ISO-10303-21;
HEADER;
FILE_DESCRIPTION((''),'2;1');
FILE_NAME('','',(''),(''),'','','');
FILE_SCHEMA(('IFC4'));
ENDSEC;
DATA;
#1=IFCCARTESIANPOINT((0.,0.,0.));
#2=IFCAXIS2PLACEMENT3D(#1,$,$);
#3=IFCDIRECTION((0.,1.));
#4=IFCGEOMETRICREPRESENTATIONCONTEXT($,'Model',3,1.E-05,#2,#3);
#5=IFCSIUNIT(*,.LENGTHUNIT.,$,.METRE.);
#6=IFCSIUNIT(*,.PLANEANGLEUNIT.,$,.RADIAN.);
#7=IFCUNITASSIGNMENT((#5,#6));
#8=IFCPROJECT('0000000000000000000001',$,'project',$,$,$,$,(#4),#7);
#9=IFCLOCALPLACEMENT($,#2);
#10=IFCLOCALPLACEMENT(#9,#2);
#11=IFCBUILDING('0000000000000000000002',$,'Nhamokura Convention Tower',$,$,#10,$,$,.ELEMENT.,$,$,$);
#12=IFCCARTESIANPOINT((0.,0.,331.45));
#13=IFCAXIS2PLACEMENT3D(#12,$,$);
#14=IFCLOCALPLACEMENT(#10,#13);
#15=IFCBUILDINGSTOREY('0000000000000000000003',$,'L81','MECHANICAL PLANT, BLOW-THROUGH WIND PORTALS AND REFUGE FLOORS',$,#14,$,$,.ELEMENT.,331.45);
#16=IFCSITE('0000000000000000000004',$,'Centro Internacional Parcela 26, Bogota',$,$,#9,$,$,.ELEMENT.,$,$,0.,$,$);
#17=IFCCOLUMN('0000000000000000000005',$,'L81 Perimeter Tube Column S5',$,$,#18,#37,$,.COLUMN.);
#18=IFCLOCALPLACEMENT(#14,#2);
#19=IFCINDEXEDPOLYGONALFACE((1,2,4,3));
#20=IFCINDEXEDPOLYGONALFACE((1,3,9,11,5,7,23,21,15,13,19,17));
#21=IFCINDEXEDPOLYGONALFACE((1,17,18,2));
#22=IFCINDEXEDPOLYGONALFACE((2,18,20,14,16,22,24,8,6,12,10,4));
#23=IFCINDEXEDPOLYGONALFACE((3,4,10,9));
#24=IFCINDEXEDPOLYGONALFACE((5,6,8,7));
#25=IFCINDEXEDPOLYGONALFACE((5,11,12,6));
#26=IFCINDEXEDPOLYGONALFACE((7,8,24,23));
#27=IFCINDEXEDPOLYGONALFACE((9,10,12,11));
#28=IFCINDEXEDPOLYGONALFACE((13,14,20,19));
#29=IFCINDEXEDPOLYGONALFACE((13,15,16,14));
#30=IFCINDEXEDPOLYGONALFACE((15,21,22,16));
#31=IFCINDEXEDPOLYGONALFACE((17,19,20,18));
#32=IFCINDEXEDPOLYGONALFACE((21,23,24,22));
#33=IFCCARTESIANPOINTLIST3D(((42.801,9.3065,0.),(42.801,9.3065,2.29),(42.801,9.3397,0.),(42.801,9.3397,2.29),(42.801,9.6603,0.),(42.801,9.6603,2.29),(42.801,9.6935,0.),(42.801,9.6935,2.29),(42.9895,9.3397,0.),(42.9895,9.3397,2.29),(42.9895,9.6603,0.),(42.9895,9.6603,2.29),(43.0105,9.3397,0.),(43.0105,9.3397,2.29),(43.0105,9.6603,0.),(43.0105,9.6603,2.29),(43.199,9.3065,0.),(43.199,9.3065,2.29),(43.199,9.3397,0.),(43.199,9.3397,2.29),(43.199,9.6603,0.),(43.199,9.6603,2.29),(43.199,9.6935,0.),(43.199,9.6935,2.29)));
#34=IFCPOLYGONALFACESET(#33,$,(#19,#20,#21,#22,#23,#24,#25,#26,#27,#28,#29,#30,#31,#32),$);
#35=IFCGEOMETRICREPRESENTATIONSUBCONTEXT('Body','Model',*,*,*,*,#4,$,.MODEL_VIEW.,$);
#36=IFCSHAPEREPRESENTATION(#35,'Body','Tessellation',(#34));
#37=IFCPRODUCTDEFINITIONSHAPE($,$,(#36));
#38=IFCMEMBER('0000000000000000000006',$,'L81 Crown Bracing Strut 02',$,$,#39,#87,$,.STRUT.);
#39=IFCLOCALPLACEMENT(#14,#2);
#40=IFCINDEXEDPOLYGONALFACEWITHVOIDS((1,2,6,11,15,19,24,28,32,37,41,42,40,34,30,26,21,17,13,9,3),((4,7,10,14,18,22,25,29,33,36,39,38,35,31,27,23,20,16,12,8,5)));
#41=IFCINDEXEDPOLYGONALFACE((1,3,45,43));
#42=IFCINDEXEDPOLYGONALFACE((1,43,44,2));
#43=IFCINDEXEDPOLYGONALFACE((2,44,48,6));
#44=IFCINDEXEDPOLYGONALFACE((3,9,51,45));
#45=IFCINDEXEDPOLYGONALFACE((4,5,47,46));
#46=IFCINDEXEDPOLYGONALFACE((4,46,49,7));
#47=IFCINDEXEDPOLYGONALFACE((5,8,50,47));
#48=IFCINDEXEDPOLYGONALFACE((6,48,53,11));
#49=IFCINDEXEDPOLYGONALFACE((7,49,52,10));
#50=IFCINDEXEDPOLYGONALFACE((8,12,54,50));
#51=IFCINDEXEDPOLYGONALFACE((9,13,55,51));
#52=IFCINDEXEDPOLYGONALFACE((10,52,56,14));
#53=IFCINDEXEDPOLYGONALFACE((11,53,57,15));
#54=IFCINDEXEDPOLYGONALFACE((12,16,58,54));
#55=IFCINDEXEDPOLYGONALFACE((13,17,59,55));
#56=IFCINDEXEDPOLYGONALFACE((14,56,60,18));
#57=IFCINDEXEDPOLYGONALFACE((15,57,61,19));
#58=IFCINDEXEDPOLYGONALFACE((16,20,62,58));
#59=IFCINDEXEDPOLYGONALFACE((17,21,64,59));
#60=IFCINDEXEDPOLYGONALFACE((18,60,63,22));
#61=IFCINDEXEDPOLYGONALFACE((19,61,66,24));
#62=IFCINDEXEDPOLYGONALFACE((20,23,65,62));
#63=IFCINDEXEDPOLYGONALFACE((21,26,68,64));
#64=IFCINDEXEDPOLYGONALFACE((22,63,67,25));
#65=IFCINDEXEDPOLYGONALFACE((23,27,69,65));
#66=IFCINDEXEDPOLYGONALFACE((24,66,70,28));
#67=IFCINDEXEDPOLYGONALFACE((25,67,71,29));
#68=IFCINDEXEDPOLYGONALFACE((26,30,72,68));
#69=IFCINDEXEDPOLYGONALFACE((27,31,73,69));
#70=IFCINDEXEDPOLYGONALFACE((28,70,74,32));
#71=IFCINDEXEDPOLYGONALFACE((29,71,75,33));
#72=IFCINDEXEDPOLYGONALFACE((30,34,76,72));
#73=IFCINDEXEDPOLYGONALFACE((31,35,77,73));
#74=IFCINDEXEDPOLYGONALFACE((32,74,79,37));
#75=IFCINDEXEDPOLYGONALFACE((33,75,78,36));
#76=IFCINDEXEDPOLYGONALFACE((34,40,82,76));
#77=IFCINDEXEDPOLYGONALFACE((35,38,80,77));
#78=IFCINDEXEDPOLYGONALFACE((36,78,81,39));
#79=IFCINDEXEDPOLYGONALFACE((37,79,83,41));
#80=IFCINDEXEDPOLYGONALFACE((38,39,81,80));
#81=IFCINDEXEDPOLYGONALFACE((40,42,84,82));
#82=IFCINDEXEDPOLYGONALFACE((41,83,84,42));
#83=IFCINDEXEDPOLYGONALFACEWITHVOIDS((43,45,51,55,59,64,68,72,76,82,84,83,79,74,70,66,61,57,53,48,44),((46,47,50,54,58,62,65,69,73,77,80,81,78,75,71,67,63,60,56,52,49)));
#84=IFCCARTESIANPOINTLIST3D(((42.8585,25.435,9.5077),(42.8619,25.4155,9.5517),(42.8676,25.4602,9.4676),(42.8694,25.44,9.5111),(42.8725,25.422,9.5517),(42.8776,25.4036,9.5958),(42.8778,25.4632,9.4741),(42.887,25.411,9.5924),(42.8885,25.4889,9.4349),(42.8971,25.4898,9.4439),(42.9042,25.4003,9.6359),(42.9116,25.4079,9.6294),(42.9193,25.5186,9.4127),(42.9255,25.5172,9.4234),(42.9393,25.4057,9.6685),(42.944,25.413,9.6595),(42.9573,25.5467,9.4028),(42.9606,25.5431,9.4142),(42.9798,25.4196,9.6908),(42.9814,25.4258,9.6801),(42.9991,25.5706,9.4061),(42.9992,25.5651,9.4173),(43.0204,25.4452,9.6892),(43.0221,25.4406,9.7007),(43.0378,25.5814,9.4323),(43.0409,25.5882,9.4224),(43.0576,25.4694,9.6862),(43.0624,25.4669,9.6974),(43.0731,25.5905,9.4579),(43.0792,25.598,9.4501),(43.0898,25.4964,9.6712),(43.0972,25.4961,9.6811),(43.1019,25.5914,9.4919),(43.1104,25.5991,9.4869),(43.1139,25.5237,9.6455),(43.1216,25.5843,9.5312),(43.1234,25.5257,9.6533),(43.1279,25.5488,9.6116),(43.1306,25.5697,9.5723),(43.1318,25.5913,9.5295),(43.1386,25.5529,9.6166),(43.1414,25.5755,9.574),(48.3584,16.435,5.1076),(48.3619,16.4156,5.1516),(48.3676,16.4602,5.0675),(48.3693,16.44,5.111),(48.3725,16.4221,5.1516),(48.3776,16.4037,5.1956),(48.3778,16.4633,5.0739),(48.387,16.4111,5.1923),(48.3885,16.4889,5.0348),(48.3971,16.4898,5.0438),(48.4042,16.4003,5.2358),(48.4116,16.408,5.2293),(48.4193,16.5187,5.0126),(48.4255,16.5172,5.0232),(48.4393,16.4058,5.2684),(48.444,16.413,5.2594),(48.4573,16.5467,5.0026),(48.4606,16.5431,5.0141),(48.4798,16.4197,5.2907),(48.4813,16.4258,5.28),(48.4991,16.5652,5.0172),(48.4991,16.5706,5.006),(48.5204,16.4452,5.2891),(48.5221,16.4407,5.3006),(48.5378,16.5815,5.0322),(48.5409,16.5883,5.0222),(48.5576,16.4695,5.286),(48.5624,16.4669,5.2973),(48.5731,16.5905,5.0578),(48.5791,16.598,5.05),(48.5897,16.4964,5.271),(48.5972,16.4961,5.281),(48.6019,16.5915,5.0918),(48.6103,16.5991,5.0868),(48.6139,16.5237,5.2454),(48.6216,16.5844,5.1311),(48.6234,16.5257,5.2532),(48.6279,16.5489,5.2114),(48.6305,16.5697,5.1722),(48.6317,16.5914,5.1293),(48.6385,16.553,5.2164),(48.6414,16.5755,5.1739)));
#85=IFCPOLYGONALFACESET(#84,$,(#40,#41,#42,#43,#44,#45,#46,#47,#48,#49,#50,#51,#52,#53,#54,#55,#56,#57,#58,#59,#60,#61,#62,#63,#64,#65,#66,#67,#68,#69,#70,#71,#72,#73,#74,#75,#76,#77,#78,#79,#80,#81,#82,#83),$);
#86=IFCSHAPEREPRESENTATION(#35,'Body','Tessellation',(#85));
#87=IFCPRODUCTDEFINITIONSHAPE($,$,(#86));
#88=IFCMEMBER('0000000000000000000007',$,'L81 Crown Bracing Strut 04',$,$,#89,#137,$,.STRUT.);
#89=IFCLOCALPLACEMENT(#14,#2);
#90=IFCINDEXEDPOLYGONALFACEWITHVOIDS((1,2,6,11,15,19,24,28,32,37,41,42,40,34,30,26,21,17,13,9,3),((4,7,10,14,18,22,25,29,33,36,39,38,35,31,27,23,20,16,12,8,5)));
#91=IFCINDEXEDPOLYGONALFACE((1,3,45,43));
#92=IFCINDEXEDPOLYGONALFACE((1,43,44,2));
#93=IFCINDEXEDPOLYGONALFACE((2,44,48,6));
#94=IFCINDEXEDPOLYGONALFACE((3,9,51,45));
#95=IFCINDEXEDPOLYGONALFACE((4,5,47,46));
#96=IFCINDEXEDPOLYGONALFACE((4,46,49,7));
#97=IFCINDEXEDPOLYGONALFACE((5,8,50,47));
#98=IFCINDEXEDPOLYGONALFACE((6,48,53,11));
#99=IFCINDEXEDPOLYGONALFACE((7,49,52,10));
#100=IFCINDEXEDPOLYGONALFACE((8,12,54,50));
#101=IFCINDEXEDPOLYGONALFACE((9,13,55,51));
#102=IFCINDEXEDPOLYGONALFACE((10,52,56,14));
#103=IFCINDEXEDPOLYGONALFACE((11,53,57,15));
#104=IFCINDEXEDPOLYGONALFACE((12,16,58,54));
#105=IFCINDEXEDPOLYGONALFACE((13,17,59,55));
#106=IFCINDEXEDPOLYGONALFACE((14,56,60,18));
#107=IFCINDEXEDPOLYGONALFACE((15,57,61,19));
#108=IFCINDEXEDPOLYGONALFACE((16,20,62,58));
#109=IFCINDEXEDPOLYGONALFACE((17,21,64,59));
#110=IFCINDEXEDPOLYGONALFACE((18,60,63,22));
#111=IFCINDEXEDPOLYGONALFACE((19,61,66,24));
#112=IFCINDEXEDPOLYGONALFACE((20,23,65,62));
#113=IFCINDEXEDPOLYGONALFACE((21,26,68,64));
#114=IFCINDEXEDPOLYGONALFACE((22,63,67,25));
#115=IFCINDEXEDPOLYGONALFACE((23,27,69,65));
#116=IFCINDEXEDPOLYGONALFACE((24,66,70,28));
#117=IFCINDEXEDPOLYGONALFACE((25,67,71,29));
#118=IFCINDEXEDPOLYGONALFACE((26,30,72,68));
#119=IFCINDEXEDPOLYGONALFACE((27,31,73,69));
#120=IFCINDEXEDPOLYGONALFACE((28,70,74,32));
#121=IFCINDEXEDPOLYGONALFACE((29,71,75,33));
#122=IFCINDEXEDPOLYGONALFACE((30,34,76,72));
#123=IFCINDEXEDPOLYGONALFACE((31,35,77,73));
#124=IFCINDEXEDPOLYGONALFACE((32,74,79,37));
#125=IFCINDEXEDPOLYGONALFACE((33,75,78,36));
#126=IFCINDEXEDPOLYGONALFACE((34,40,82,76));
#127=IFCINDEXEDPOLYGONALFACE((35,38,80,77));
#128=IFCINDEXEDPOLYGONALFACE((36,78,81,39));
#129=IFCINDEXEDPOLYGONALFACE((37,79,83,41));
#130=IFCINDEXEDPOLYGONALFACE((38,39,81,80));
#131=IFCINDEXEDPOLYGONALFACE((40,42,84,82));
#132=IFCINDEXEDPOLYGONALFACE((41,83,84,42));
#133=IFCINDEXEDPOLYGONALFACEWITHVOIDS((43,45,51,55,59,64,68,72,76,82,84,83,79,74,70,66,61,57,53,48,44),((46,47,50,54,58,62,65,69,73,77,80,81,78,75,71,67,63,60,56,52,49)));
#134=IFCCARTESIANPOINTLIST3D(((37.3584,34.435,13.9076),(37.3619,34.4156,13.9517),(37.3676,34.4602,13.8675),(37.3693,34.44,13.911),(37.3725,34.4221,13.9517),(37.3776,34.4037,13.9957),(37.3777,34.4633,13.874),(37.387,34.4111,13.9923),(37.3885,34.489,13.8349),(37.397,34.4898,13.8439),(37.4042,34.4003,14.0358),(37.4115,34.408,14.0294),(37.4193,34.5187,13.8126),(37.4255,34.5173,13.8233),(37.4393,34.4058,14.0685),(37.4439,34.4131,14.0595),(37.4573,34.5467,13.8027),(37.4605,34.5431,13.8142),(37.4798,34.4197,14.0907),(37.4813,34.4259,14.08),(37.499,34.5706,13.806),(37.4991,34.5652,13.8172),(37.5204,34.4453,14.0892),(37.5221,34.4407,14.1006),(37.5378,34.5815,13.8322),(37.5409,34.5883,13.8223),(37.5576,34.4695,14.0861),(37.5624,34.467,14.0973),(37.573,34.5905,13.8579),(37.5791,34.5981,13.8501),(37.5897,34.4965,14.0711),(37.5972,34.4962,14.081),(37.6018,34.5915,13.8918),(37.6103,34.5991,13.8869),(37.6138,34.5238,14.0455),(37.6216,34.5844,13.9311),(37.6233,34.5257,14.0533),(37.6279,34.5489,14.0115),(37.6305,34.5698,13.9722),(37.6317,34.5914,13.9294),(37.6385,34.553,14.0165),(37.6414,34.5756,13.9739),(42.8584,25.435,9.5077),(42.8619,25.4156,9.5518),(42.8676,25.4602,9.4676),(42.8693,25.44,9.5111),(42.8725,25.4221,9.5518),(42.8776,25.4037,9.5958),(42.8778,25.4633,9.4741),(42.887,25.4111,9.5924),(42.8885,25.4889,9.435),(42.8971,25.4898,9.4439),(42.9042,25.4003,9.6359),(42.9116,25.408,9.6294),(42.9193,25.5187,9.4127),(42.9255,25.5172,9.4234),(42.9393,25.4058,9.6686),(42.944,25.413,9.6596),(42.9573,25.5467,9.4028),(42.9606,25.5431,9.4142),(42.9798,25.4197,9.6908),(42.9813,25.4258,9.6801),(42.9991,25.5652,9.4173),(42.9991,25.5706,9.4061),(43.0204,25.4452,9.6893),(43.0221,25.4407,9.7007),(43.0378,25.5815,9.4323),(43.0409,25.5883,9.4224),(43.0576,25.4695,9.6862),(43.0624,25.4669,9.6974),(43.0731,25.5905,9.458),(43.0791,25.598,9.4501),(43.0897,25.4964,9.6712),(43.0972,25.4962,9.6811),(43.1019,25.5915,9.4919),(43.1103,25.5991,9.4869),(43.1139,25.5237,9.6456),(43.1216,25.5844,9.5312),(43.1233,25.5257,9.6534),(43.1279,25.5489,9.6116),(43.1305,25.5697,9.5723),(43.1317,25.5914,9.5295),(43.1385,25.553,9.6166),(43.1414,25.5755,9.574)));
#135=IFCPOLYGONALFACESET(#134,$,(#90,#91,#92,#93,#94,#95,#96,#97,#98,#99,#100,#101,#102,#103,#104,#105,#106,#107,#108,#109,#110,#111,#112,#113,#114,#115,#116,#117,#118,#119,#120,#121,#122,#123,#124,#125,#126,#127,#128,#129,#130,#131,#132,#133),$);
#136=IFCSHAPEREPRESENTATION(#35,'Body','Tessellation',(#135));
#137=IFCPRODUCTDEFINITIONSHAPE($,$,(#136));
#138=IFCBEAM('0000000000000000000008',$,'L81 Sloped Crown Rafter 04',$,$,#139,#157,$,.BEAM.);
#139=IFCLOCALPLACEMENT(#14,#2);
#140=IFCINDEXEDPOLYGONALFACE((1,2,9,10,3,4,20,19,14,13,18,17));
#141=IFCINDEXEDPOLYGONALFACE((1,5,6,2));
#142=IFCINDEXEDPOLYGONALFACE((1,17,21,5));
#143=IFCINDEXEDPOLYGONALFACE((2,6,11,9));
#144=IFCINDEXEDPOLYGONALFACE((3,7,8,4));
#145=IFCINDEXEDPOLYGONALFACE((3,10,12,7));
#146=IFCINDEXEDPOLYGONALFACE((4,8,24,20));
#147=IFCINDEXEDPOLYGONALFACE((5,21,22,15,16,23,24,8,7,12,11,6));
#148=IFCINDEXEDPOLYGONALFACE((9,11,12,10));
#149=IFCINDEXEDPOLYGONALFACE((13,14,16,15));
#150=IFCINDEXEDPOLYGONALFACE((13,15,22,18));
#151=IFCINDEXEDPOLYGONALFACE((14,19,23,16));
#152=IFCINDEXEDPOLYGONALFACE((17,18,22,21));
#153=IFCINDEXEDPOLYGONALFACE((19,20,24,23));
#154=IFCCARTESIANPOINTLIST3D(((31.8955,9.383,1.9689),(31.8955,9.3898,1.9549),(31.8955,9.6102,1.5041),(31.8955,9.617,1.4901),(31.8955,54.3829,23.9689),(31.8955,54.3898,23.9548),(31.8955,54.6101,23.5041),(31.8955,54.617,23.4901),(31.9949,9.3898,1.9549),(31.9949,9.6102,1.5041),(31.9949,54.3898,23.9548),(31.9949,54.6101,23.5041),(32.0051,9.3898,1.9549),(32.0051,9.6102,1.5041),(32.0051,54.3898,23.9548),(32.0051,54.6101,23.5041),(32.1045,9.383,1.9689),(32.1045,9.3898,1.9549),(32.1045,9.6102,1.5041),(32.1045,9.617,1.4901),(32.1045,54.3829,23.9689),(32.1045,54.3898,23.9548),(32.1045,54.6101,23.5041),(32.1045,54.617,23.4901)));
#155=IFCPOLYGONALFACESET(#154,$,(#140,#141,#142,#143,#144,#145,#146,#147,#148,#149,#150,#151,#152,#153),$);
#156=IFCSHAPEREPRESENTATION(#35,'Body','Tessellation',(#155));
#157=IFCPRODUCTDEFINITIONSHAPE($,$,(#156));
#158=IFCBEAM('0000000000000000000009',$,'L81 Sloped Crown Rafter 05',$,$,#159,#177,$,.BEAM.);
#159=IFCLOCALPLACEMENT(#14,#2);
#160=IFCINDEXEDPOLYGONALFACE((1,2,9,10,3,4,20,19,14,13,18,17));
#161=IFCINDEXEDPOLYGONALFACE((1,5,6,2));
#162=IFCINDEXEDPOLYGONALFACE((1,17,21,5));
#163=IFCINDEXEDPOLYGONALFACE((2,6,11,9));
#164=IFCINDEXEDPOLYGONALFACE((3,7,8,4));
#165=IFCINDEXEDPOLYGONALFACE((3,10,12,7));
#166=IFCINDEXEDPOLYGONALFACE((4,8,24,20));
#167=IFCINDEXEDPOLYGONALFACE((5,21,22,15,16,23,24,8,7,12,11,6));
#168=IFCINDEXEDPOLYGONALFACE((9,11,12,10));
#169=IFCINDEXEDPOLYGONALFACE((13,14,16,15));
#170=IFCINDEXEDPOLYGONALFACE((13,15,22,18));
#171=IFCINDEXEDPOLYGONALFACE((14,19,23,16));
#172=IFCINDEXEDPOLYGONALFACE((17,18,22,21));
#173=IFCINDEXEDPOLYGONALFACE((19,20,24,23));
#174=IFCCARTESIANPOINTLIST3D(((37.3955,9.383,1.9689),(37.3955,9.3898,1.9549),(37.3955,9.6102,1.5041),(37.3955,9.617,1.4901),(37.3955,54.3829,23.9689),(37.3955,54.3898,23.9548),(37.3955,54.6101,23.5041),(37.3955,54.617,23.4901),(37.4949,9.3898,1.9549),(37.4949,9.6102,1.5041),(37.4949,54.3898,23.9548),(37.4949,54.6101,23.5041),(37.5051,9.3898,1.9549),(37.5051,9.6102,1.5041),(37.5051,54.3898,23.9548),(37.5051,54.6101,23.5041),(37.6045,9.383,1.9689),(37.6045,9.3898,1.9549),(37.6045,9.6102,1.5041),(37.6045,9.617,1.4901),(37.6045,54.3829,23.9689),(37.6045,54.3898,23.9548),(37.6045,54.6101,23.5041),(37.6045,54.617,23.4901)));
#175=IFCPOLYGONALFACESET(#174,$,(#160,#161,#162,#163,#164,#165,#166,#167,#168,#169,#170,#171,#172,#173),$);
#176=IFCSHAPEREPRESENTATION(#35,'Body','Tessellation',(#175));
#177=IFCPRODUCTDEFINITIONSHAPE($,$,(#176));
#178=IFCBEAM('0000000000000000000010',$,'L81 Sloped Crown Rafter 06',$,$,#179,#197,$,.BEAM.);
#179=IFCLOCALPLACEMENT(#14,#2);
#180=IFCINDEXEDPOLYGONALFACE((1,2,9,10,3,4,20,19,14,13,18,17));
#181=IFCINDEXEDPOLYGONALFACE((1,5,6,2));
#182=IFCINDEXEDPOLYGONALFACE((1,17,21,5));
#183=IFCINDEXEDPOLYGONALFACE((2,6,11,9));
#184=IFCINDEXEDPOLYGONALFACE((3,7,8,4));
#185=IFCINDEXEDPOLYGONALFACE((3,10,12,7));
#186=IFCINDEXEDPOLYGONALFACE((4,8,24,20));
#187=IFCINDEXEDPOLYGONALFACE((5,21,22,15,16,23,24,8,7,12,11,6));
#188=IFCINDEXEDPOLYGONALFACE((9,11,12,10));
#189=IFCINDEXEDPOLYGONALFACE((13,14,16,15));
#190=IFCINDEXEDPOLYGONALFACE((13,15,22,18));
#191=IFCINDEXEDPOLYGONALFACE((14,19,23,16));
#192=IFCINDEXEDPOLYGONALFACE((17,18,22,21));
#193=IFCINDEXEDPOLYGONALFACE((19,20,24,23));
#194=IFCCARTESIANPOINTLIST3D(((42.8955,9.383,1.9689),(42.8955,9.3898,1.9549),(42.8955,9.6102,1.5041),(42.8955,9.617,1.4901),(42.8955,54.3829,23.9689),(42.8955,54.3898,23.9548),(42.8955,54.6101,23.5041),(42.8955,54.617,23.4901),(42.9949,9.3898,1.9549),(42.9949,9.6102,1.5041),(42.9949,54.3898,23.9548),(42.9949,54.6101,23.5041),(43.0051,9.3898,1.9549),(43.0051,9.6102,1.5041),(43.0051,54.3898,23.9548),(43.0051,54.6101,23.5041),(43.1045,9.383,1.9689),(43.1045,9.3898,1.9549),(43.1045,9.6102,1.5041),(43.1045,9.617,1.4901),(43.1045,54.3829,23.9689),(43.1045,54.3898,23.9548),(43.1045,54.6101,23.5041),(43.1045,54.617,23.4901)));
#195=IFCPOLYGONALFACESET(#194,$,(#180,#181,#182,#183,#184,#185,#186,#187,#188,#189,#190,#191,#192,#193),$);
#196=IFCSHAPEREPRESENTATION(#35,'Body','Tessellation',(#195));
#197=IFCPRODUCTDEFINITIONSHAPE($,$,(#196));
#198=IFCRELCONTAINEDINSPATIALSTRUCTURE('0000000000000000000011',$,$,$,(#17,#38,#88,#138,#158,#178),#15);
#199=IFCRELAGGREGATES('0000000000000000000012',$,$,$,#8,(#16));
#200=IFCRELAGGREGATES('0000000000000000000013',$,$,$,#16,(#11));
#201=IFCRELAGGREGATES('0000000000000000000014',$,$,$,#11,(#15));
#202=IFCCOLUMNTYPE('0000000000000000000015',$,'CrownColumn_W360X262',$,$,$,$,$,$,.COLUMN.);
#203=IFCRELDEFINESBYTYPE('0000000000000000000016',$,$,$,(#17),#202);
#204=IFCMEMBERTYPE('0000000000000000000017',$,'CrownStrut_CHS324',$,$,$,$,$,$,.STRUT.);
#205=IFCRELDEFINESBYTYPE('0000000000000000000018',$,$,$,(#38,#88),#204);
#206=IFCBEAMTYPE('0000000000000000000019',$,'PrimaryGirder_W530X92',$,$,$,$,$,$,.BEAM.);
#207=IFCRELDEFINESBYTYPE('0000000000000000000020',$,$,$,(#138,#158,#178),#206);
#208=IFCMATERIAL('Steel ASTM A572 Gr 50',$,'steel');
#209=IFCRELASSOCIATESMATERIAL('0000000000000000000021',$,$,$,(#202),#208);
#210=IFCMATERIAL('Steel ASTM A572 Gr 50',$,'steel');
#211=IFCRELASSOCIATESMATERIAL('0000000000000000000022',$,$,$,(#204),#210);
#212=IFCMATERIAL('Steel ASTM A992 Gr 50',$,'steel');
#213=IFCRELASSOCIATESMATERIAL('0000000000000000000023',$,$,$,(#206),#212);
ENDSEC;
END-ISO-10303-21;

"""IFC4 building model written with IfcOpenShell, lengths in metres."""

from ifc_helpers import new_model, si_unit, direction, frame, origin, origin_2d, place, context, subcontext, project, spatial, hollow_circle, i_section, extrude, material, material_profile, profile_set, type_object, element, save


model = new_model("IFC4")

# Units and contexts
model_context = context("Model", 3, precision=1e-05, world=origin(), true_north=direction((0.0, 1.0)))
body_context = subcontext(model_context, "Body", "Model", "MODEL_VIEW")
ifc_project = project(units=[si_unit("LENGTHUNIT", "METRE"), si_unit("PLANEANGLEUNIT", "RADIAN")], contexts=[model_context])

# Site, building, storey
site_placement = place(None, origin())
site = spatial("IfcSite", under=ifc_project, at=site_placement, Name="Centro Internacional Parcela 26, Bogota", CompositionType="ELEMENT", RefElevation=0.0)
building_placement = place(site_placement, origin())
building = spatial("IfcBuilding", under=site, at=building_placement, Name="Nhamokura Convention Tower", CompositionType="ELEMENT")
storey_placement = place(building_placement, frame((0.0, 0.0, 331.45)))
storey = spatial("IfcBuildingStorey", under=building, at=storey_placement, Name="L81", Description="MECHANICAL PLANT, BLOW-THROUGH WIND PORTALS AND REFUGE FLOORS", CompositionType="ELEMENT", Elevation=331.45)

# Column
ifc_material_1 = material(Name="Steel ASTM A572 Gr 50", Category="steel")
ifc_material_profile_1 = material_profile(ifc_material_1, i_section(OverallWidth=0.3979, OverallDepth=0.387, WebThickness=0.021, FlangeThickness=0.0332, at=origin_2d()))
ifc_profile_set_1 = profile_set([ifc_material_profile_1], Name="Steel ASTM A572 Gr 50")
column_type = type_object("IfcColumnType", Name="CrownColumn_W360X262", PredefinedType="COLUMN", material=ifc_profile_set_1)
for number, where, z_axis, x_axis, name in (
    (1, (43.0, 9.5, 0.0), (0.0, 0.0, 1.0), (1.0, 0.0, 0.0), "L81 Perimeter Tube Column S5"),
):
    element("IfcColumn", number, at=place(storey_placement, frame(where, z_axis=z_axis, x_axis=x_axis)), inside=storey, type_object=column_type, Name=name, PredefinedType="COLUMN", context=body_context, shape_type="SweptSolid", body=[
        extrude(i_section(OverallWidth=0.3979, OverallDepth=0.387, WebThickness=0.021, FlangeThickness=0.0332, at=origin_2d()), origin(), (0.0, 0.0, 1.0), 2.29),
    ])

# Members
ifc_material_2 = material(Name="Steel ASTM A572 Gr 50", Category="steel")
ifc_material_profile_2 = material_profile(ifc_material_2, hollow_circle(Radius=0.1619, WallThickness=0.0125, at=origin_2d()))
ifc_profile_set_2 = profile_set([ifc_material_profile_2], Name="Steel ASTM A572 Gr 50")
member_type = type_object("IfcMemberType", Name="CrownStrut_CHS324", PredefinedType="STRUT", material=ifc_profile_set_2)
for number, where, z_axis, x_axis, name in (
    (2, (48.5, 16.5, 5.1516), (-0.481252, 0.787503, 0.385014), (-0.853282, -0.52145, 0.0), "L81 Crown Bracing Strut 02"),
    (3, (43.0, 25.5, 9.5518), (-0.481256, 0.787509, 0.384996), (-0.853282, -0.52145, 0.0), "L81 Crown Bracing Strut 04"),
):
    element("IfcMember", number, at=place(storey_placement, frame(where, z_axis=z_axis, x_axis=x_axis)), inside=storey, type_object=member_type, Name=name, PredefinedType="STRUT", context=body_context, shape_type="SweptSolid", body=[
        extrude(hollow_circle(Radius=0.1619, WallThickness=0.0125, at=origin_2d()), origin(), (0.0, 0.0, 1.0), 11.4285),
    ])

# Beams
ifc_material_3 = material(Name="Steel ASTM A992 Gr 50", Category="steel")
ifc_material_profile_3 = material_profile(ifc_material_3, i_section(OverallWidth=0.209, OverallDepth=0.533, WebThickness=0.0103, FlangeThickness=0.0156, at=origin_2d()))
ifc_profile_set_3 = profile_set([ifc_material_profile_3], Name="Steel ASTM A992 Gr 50")
beam_type = type_object("IfcBeamType", Name="PrimaryGirder_W530X92", PredefinedType="BEAM", material=ifc_profile_set_3)
for number, where, z_axis, x_axis, name in (
    (4, (32.0, 9.5, 1.7295), (0.0, 0.898384, 0.43921), (-1.0, 0.0, 0.0), "L81 Sloped Crown Rafter 04"),
    (5, (37.5, 9.5, 1.7295), (0.0, 0.898384, 0.43921), (-1.0, 0.0, 0.0), "L81 Sloped Crown Rafter 05"),
    (6, (43.0, 9.5, 1.7295), (0.0, 0.898384, 0.43921), (-1.0, 0.0, 0.0), "L81 Sloped Crown Rafter 06"),
):
    element("IfcBeam", number, at=place(storey_placement, frame(where, z_axis=z_axis, x_axis=x_axis)), inside=storey, type_object=beam_type, Name=name, PredefinedType="BEAM", context=body_context, shape_type="SweptSolid", body=[
        extrude(i_section(OverallWidth=0.209, OverallDepth=0.533, WebThickness=0.0103, FlangeThickness=0.0156, at=origin_2d()), origin(), (0.0, 0.0, 1.0), 50.0898),
    ])

save(model, "model.ifc")
